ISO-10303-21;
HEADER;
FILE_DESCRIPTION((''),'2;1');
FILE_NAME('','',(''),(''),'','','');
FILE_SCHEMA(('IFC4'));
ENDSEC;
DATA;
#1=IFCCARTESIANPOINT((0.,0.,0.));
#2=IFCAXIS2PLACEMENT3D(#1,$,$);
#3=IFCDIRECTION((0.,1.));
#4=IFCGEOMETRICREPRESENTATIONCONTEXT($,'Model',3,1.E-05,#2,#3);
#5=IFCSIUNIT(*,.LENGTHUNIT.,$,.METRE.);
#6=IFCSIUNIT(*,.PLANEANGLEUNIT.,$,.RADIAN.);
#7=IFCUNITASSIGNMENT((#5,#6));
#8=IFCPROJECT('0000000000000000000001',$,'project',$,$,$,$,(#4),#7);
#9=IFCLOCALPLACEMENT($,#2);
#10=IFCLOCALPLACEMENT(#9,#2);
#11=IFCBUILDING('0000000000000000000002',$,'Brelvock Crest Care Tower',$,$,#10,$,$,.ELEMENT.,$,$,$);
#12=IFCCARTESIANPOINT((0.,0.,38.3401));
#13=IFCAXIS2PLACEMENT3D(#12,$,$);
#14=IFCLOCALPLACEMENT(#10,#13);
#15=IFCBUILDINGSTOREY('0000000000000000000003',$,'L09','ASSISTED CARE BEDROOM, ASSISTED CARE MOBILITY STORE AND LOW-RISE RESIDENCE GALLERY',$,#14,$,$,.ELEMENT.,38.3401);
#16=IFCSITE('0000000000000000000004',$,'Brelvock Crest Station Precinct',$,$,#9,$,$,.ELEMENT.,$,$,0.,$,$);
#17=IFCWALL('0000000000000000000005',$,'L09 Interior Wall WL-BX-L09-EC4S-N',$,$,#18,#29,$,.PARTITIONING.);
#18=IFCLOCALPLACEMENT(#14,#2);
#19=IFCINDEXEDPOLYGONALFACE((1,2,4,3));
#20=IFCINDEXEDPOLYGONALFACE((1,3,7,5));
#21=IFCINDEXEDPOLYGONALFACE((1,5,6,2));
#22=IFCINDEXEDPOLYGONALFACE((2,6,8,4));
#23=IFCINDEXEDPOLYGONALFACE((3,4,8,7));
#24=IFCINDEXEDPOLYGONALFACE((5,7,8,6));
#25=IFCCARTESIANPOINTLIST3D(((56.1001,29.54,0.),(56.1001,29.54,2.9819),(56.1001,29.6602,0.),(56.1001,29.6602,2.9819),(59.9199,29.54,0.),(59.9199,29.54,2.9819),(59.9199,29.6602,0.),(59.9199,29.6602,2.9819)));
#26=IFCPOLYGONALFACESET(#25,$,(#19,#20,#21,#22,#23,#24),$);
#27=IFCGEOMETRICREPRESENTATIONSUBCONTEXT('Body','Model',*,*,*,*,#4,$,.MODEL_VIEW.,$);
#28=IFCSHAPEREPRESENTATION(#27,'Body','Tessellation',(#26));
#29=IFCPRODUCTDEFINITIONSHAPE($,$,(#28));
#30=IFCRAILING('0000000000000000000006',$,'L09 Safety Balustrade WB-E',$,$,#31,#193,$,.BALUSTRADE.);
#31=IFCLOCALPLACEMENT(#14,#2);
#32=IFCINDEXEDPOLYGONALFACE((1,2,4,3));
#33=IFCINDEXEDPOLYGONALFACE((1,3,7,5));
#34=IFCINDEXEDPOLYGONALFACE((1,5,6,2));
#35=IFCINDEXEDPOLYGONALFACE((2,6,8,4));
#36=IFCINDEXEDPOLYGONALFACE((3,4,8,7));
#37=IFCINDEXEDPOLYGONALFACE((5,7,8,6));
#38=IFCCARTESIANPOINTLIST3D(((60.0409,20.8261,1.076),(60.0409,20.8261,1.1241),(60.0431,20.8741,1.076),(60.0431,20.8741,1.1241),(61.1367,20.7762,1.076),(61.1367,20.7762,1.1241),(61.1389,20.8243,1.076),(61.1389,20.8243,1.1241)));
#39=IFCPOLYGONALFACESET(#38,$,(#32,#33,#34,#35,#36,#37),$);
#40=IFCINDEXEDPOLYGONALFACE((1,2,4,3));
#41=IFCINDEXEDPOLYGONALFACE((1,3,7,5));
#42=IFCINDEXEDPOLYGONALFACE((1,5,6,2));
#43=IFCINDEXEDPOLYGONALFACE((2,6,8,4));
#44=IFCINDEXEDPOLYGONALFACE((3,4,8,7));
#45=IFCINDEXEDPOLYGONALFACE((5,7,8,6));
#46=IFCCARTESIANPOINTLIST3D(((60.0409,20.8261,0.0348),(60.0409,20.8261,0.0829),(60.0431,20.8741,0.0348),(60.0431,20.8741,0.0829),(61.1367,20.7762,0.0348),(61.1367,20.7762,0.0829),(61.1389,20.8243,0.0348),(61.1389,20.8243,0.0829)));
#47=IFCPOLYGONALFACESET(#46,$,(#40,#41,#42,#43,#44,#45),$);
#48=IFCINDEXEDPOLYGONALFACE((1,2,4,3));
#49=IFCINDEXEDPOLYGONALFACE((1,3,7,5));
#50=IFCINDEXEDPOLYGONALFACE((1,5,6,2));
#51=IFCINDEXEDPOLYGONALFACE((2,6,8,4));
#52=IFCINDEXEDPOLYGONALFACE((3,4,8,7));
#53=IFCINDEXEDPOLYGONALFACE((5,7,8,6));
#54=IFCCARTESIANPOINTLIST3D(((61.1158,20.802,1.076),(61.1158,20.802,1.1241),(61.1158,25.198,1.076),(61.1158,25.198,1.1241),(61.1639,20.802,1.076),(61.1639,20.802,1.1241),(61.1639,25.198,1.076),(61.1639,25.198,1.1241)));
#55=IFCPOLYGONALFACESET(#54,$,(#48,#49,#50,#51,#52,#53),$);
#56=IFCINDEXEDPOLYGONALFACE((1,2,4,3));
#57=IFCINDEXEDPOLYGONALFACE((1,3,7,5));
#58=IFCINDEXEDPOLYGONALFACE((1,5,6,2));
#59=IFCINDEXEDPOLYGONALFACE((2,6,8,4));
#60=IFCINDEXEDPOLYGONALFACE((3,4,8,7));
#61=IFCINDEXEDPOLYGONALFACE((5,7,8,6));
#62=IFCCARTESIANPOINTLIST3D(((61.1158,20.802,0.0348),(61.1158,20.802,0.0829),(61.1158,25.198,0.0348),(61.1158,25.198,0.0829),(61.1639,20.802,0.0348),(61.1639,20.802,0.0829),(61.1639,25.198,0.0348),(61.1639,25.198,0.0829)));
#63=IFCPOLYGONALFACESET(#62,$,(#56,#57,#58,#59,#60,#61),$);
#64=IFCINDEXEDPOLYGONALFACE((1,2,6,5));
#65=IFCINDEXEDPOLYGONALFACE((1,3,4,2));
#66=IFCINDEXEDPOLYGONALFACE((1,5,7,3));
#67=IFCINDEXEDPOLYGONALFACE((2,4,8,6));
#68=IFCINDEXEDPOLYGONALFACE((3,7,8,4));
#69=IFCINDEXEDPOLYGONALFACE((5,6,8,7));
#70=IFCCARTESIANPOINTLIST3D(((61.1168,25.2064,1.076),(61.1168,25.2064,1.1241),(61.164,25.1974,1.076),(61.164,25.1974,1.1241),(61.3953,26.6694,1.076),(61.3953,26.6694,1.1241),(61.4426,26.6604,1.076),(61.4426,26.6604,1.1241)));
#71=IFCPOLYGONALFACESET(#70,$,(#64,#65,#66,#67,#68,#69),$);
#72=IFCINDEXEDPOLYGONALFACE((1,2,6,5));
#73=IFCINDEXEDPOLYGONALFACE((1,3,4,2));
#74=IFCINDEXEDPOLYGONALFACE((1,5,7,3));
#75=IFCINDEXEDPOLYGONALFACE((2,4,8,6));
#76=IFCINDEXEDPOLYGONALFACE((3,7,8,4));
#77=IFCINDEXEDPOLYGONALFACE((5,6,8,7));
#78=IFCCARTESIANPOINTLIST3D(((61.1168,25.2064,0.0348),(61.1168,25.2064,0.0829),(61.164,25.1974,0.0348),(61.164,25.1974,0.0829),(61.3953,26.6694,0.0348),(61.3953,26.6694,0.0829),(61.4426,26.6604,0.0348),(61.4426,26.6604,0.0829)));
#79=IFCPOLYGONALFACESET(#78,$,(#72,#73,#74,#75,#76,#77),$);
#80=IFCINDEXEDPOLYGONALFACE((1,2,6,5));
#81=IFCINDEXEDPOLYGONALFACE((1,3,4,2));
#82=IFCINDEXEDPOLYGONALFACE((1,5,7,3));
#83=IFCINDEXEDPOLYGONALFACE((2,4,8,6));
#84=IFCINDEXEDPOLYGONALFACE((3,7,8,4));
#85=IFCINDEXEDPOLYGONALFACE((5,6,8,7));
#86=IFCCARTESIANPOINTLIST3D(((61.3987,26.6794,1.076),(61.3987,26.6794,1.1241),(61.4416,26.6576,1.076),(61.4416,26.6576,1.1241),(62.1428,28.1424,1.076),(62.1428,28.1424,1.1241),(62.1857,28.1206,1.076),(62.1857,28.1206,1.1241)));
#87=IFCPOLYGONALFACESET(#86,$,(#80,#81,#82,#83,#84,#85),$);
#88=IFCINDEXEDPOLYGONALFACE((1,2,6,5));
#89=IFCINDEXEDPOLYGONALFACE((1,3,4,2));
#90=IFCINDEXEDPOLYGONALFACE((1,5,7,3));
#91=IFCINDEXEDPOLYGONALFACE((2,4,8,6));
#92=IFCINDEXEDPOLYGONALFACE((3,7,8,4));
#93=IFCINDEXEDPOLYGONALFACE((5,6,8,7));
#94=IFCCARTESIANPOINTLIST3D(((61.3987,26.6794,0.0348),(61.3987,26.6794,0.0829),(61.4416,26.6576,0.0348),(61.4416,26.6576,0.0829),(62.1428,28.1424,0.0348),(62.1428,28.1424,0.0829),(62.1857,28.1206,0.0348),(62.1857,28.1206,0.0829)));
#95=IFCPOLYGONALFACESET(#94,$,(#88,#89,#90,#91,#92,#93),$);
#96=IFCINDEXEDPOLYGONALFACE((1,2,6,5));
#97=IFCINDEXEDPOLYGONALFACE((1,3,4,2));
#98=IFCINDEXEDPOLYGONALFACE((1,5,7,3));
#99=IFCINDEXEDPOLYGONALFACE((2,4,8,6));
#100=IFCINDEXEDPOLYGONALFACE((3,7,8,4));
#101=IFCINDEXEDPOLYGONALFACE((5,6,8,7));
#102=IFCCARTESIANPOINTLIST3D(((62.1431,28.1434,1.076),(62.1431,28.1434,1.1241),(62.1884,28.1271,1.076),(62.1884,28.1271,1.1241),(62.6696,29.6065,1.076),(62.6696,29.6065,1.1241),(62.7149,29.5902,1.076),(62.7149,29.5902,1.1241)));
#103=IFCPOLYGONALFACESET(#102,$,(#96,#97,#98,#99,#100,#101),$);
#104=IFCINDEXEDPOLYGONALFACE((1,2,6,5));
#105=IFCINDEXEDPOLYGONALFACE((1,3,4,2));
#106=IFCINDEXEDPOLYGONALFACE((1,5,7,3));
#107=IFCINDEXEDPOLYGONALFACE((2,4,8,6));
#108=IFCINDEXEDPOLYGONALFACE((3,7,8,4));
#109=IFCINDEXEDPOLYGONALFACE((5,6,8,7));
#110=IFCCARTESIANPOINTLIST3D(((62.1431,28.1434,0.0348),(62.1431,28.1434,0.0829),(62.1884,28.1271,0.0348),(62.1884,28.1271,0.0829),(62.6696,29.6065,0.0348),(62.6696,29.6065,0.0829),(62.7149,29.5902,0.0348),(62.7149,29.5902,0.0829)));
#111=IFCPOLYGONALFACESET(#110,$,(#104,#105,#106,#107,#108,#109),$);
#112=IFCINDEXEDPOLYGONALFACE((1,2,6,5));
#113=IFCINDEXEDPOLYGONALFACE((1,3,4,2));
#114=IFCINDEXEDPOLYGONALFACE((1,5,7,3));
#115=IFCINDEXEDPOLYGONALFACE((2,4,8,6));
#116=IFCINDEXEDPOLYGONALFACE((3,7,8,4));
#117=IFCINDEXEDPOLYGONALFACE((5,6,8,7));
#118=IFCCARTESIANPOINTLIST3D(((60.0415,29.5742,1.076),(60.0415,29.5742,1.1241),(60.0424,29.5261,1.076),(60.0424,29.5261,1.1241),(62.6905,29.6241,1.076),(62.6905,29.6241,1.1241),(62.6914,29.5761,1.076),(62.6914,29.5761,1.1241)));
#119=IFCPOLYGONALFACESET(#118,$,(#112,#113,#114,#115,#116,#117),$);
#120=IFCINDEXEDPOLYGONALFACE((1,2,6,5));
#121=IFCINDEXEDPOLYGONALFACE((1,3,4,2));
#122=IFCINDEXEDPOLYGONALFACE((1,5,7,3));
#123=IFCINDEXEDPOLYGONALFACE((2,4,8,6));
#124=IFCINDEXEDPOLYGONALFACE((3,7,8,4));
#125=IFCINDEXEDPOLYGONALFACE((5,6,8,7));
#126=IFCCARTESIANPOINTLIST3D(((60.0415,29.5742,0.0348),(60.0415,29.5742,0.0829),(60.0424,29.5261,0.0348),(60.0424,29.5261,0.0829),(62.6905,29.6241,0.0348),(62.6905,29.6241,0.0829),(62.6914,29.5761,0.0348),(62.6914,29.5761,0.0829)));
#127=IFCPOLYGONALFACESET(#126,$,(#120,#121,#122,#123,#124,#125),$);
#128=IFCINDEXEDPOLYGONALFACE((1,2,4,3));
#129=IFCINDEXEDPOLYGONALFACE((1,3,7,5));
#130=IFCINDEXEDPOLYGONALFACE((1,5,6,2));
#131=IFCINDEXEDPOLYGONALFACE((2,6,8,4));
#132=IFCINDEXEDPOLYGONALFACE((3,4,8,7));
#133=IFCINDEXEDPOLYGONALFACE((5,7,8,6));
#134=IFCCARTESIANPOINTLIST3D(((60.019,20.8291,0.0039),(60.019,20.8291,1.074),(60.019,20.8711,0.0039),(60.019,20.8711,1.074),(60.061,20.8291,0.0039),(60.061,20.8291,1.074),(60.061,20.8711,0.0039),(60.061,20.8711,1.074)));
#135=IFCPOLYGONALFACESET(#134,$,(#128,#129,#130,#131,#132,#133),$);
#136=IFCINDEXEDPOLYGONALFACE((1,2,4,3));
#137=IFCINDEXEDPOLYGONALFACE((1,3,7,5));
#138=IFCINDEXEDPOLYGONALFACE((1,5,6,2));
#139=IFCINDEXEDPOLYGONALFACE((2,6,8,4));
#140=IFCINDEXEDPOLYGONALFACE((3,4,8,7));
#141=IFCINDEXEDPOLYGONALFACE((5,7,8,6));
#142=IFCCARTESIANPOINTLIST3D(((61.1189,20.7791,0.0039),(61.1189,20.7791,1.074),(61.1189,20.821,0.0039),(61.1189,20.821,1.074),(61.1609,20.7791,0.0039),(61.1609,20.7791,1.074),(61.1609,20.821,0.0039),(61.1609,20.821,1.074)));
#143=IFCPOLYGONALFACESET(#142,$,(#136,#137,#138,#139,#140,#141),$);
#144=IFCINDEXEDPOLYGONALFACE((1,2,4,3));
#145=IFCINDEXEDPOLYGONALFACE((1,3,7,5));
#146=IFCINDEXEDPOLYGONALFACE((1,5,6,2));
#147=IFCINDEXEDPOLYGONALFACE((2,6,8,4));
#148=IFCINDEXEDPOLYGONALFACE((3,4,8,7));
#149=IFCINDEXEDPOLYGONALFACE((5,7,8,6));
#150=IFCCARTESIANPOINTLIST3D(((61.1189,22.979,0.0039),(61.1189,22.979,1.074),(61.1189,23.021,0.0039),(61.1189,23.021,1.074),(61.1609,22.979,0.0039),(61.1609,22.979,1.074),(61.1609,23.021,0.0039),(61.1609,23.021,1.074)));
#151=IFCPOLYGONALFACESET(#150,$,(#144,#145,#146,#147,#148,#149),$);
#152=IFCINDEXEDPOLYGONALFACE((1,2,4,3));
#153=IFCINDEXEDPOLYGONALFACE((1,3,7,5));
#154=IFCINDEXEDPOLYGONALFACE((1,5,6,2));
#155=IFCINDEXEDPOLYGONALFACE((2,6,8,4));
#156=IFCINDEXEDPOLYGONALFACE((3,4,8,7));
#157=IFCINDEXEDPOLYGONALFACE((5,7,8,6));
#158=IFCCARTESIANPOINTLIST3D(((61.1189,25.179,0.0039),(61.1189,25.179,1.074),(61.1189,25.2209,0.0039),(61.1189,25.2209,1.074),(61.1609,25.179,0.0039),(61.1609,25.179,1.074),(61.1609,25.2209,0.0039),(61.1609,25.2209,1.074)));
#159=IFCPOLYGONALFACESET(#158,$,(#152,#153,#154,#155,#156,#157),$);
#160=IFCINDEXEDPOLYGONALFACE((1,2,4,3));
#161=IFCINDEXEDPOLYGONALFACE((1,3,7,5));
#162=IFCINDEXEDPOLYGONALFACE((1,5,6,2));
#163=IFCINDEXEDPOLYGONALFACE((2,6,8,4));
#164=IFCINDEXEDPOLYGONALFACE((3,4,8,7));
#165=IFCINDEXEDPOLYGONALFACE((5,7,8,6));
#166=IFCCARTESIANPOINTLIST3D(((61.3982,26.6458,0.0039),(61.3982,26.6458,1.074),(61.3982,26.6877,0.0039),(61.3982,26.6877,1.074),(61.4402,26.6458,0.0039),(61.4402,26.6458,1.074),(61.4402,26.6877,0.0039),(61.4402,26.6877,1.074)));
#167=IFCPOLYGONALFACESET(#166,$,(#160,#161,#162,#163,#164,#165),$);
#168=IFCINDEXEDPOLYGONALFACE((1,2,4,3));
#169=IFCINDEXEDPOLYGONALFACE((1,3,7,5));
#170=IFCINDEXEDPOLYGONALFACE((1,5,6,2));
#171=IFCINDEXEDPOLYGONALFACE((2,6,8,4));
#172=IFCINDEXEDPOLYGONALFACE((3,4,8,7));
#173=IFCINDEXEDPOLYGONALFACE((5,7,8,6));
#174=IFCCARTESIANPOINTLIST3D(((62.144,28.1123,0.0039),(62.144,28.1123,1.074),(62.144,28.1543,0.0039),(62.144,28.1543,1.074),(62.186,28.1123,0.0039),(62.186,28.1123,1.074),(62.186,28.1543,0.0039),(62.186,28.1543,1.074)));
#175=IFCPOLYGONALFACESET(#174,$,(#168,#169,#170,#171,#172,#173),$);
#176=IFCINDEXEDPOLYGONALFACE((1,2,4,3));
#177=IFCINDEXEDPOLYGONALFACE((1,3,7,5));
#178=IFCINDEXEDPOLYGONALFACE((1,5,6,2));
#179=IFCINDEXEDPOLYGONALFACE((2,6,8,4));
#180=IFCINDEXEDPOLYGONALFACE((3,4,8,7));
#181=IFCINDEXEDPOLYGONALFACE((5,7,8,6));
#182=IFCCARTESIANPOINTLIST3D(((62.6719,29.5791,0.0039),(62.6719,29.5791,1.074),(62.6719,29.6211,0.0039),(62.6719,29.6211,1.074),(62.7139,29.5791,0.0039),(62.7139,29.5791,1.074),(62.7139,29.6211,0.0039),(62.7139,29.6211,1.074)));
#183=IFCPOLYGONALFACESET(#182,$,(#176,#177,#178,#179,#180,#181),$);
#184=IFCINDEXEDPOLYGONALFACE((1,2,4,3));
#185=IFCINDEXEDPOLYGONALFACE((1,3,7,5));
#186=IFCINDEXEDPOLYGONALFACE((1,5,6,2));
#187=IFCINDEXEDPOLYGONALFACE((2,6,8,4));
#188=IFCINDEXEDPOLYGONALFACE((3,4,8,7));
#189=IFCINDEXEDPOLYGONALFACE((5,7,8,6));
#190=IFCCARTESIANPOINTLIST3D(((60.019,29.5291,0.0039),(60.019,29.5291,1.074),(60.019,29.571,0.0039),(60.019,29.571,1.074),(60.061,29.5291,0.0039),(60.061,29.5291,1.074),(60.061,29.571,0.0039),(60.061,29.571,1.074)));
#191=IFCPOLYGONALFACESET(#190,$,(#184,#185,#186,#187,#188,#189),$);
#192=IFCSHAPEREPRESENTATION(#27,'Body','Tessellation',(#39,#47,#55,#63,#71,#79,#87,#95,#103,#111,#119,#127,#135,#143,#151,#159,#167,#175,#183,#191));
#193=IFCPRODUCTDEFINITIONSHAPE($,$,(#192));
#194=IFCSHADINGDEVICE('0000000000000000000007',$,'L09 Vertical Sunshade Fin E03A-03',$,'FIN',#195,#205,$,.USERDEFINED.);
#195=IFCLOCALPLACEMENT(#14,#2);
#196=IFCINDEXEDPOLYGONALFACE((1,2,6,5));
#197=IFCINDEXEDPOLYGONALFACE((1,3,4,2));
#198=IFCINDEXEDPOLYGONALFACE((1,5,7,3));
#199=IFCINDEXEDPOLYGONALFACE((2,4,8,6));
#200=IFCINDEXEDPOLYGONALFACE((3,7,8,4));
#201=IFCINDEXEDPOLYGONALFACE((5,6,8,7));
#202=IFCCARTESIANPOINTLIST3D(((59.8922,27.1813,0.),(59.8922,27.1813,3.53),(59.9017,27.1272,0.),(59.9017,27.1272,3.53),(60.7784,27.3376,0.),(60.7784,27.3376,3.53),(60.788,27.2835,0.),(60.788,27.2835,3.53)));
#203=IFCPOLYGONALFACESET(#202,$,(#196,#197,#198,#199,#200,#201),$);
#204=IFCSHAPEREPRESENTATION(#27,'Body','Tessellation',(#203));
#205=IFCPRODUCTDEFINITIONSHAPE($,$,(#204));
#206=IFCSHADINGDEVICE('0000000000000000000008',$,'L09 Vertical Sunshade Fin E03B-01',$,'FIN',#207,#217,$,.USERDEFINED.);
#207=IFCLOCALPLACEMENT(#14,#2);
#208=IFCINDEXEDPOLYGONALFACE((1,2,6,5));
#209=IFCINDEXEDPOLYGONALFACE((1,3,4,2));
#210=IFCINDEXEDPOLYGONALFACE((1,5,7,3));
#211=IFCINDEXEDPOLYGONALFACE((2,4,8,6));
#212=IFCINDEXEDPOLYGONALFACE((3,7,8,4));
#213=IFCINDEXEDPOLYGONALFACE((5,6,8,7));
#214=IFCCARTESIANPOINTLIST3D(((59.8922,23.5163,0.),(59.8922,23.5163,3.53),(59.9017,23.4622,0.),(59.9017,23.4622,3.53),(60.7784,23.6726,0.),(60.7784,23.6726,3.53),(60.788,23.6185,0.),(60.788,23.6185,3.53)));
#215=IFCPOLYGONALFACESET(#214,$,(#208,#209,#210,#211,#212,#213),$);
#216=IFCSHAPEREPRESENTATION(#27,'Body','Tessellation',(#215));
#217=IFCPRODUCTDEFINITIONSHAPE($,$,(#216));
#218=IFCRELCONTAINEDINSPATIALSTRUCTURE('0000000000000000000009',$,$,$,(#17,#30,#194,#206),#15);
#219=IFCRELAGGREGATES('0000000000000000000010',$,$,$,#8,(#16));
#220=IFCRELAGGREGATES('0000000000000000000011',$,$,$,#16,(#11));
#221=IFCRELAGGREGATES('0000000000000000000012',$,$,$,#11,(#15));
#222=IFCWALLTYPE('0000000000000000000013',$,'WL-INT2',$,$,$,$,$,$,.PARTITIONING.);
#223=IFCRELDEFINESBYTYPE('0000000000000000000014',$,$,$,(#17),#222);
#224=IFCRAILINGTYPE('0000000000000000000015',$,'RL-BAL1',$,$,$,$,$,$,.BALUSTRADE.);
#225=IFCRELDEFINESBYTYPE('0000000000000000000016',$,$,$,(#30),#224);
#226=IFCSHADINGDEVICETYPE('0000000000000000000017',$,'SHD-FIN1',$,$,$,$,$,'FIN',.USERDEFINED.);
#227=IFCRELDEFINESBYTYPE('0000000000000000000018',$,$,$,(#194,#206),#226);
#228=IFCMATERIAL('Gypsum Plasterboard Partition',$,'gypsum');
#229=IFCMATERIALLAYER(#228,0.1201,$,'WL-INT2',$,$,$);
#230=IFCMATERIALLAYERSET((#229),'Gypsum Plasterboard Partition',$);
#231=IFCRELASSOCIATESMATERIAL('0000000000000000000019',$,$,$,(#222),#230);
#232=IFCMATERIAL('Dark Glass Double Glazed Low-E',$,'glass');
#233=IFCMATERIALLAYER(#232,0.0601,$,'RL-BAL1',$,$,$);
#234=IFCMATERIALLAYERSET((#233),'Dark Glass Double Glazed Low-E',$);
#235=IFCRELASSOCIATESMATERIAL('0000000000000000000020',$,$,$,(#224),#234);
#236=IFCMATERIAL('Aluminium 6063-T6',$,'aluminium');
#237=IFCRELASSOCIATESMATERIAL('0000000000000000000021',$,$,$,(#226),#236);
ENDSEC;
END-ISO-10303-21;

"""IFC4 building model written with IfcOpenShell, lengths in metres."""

from ifc_helpers import new_model, si_unit, direction, frame, frame_2d, origin, origin_2d, place, context, subcontext, project, spatial, rectangle, extrude, source, transform, mapped, material, layer, layer_set, material_profile, profile_set, type_object, element, save


model = new_model("IFC4")

# Units and contexts
model_context = context("Model", 3, precision=1e-05, world=origin(), true_north=direction((0.0, 1.0)))
body_context = subcontext(model_context, "Body", "Model", "MODEL_VIEW")
ifc_project = project(units=[si_unit("LENGTHUNIT", "METRE"), si_unit("PLANEANGLEUNIT", "RADIAN")], contexts=[model_context])

# Site, building, storey
site_placement = place(None, origin())
site = spatial("IfcSite", under=ifc_project, at=site_placement, Name="Brelvock Crest Station Precinct", CompositionType="ELEMENT", RefElevation=0.0)
building_placement = place(site_placement, origin())
building = spatial("IfcBuilding", under=site, at=building_placement, Name="Brelvock Crest Care Tower", CompositionType="ELEMENT")
storey_placement = place(building_placement, frame((0.0, 0.0, 38.3401)))
storey = spatial("IfcBuildingStorey", under=building, at=storey_placement, Name="L09", Description="ASSISTED CARE BEDROOM, ASSISTED CARE MOBILITY STORE AND LOW-RISE RESIDENCE GALLERY", CompositionType="ELEMENT", Elevation=38.3401)

# Shared definitions
ifc_material_1 = material(Name="Dark Glass Double Glazed Low-E", Category="glass")
ifc_material_2 = material(Name="Aluminium 6063-T6", Category="aluminium")

# Wall
ifc_material_3 = material(Name="Gypsum Plasterboard Partition", Category="gypsum")
ifc_layer_1 = layer(ifc_material_3, 0.1201, Name="WL-INT2")
ifc_layer_set_1 = layer_set([ifc_layer_1], Name="Gypsum Plasterboard Partition")
wall_type_1 = type_object("IfcWallType", Name="WL-INT2", PredefinedType="PARTITIONING", material=ifc_layer_set_1)
wall_1_placement = place(storey_placement, frame((56.1001, 29.6001, 0.0), z_axis=(0.0, 0.0, 1.0), x_axis=(1.0, 0.0, 0.0)))
element("IfcWall", 1, at=wall_1_placement, inside=storey, type_object=wall_type_1, Name="L09 Interior Wall WL-BX-L09-EC4S-N", PredefinedType="PARTITIONING", context=body_context, shape_type="SweptSolid", body=[
    extrude(rectangle(XDim=3.8198, YDim=0.1201, at=frame_2d((1.9099, 0.0))), origin(), (0.0, 0.0, 1.0), 2.9819),
])

# Railing
ifc_layer_2 = layer(ifc_material_1, 0.0601, Name="RL-BAL1")
ifc_layer_set_2 = layer_set([ifc_layer_2], Name="Dark Glass Double Glazed Low-E")
railing_type = type_object("IfcRailingType", Name="RL-BAL1", PredefinedType="BALUSTRADE", material=ifc_layer_set_2)
railing_placement = place(storey_placement, frame((60.04, 20.8501, 0.0039)))
element("IfcRailing", 2, at=railing_placement, inside=storey, type_object=railing_type, Name="L09 Safety Balustrade WB-E", PredefinedType="BALUSTRADE", context=body_context, shape_type="SweptSolid", body=[
    extrude(rectangle(XDim=0.0481, YDim=0.0481, at=origin_2d()), frame((0.002, 0.0, 1.0962), z_axis=(0.998966, -0.045458, 0.0), x_axis=(0.045458, 0.998966, 0.0)), (0.0, 0.0, 1.0), 1.0969),
    extrude(rectangle(XDim=0.0481, YDim=0.0481, at=origin_2d()), frame((0.002, 0.0, 0.0549), z_axis=(0.998966, -0.045458, 0.0), x_axis=(0.045458, 0.998966, 0.0)), (0.0, 0.0, 1.0), 1.0969),
    extrude(rectangle(XDim=0.0481, YDim=0.0481, at=origin_2d()), frame((1.0999, -0.0481, 1.0962), z_axis=(0.0, 1.0, 0.0), x_axis=(-1.0, 0.0, 0.0)), (0.0, 0.0, 1.0), 4.396),
    extrude(rectangle(XDim=0.0481, YDim=0.0481, at=origin_2d()), frame((1.0999, -0.0481, 0.0549), z_axis=(0.0, 1.0, 0.0), x_axis=(-1.0, 0.0, 0.0)), (0.0, 0.0, 1.0), 4.396),
    extrude(rectangle(XDim=0.0481, YDim=0.0481, at=origin_2d()), frame((1.1003, 4.3518, 1.0962), z_axis=(0.187052, 0.98235, 0.0), x_axis=(-0.98235, 0.187052, 0.0)), (0.0, 0.0, 1.0), 1.4893),
    extrude(rectangle(XDim=0.0481, YDim=0.0481, at=origin_2d()), frame((1.1003, 4.3518, 0.0549), z_axis=(0.187052, 0.98235, 0.0), x_axis=(-0.98235, 0.187052, 0.0)), (0.0, 0.0, 1.0), 1.4893),
    extrude(rectangle(XDim=0.0481, YDim=0.0481, at=origin_2d()), frame((1.3801, 5.8184, 1.0962), z_axis=(0.453317, 0.89135, 0.0), x_axis=(-0.89135, 0.453317, 0.0)), (0.0, 0.0, 1.0), 1.6414),
    extrude(rectangle(XDim=0.0481, YDim=0.0481, at=origin_2d()), frame((1.3801, 5.8184, 0.0549), z_axis=(0.453317, 0.89135, 0.0), x_axis=(-0.89135, 0.453317, 0.0)), (0.0, 0.0, 1.0), 1.6414),
    extrude(rectangle(XDim=0.0481, YDim=0.0481, at=origin_2d()), frame((2.1257, 7.2852, 1.0962), z_axis=(0.338597, 0.940931, 0.0), x_axis=(-0.940931, 0.338597, 0.0)), (0.0, 0.0, 1.0), 1.5549),
    extrude(rectangle(XDim=0.0481, YDim=0.0481, at=origin_2d()), frame((2.1257, 7.2852, 0.0549), z_axis=(0.338597, 0.940931, 0.0), x_axis=(-0.940931, 0.338597, 0.0)), (0.0, 0.0, 1.0), 1.5549),
    extrude(rectangle(XDim=0.0481, YDim=0.0481, at=origin_2d()), frame((2.6509, 8.75, 1.0962), z_axis=(-0.999822, -0.018863, 0.0), x_axis=(0.018863, -0.999822, 0.0)), (0.0, 0.0, 1.0), 2.6494),
    extrude(rectangle(XDim=0.0481, YDim=0.0481, at=origin_2d()), frame((2.6509, 8.75, 0.0549), z_axis=(-0.999822, -0.018863, 0.0), x_axis=(0.018863, -0.999822, 0.0)), (0.0, 0.0, 1.0), 2.6494),
    extrude(rectangle(XDim=0.042, YDim=0.042, at=origin_2d()), origin(), (0.0, 0.0, 1.0), 1.0701),
    extrude(rectangle(XDim=0.042, YDim=0.042, at=origin_2d()), frame((1.0999, -0.05, 0.0)), (0.0, 0.0, 1.0), 1.0701),
    extrude(rectangle(XDim=0.042, YDim=0.042, at=origin_2d()), frame((1.0999, 2.1499, 0.0)), (0.0, 0.0, 1.0), 1.0701),
    extrude(rectangle(XDim=0.042, YDim=0.042, at=origin_2d()), frame((1.0999, 4.3499, 0.0)), (0.0, 0.0, 1.0), 1.0701),
    extrude(rectangle(XDim=0.042, YDim=0.042, at=origin_2d()), frame((1.3792, 5.8167, 0.0)), (0.0, 0.0, 1.0), 1.0701),
    extrude(rectangle(XDim=0.042, YDim=0.042, at=origin_2d()), frame((2.125, 7.2832, 0.0)), (0.0, 0.0, 1.0), 1.0701),
    extrude(rectangle(XDim=0.042, YDim=0.042, at=origin_2d()), frame((2.6528, 8.75, 0.0)), (0.0, 0.0, 1.0), 1.0701),
    extrude(rectangle(XDim=0.042, YDim=0.042, at=origin_2d()), frame((0.0, 8.7, 0.0)), (0.0, 0.0, 1.0), 1.0701),
])

# Shading devices
ifc_material_profile_1 = material_profile(ifc_material_2, rectangle(XDim=0.0549, YDim=0.8999, at=origin_2d()), Name="FIN55x900")
ifc_profile_set_1 = profile_set([ifc_material_profile_1], Name="Aluminium 6063-T6")
shading_device_type = type_object("IfcShadingDeviceType", Name="SHD-FIN1", ElementType="FIN", PredefinedType="USERDEFINED", material=ifc_profile_set_1)
shared_shape_1 = source(origin(), body_context, "Body", "SweptSolid", [
    extrude(rectangle(XDim=0.0549, YDim=0.8999, at=origin_2d()), origin(), (0.0, 0.0, 1.0), 3.53),
])
for number, where, z_axis, x_axis, name in (
    (3, (60.3401, 27.2324, 0.0), (0.0, 0.0, 1.0), (0.173648, -0.984808, 0.0), "L09 Vertical Sunshade Fin E03A-03"),
    (4, (60.3401, 23.5674, 0.0), (0.0, 0.0, 1.0), (0.173648, -0.984808, 0.0), "L09 Vertical Sunshade Fin E03B-01"),
):
    element("IfcShadingDevice", number, at=place(storey_placement, frame(where, z_axis=z_axis, x_axis=x_axis)), inside=storey, type_object=shading_device_type, Name=name, ObjectType="FIN", PredefinedType="USERDEFINED", context=body_context, shape_type="MappedRepresentation", body=[
        mapped(shared_shape_1, transform((0.0, 0.0, 0.0), x_axis=(1.0, 0.0, 0.0), y_axis=(0.0, 1.0, 0.0), z_axis=(0.0, 0.0, 1.0), scale=1.0)),
    ])

save(model, "model.ifc")
